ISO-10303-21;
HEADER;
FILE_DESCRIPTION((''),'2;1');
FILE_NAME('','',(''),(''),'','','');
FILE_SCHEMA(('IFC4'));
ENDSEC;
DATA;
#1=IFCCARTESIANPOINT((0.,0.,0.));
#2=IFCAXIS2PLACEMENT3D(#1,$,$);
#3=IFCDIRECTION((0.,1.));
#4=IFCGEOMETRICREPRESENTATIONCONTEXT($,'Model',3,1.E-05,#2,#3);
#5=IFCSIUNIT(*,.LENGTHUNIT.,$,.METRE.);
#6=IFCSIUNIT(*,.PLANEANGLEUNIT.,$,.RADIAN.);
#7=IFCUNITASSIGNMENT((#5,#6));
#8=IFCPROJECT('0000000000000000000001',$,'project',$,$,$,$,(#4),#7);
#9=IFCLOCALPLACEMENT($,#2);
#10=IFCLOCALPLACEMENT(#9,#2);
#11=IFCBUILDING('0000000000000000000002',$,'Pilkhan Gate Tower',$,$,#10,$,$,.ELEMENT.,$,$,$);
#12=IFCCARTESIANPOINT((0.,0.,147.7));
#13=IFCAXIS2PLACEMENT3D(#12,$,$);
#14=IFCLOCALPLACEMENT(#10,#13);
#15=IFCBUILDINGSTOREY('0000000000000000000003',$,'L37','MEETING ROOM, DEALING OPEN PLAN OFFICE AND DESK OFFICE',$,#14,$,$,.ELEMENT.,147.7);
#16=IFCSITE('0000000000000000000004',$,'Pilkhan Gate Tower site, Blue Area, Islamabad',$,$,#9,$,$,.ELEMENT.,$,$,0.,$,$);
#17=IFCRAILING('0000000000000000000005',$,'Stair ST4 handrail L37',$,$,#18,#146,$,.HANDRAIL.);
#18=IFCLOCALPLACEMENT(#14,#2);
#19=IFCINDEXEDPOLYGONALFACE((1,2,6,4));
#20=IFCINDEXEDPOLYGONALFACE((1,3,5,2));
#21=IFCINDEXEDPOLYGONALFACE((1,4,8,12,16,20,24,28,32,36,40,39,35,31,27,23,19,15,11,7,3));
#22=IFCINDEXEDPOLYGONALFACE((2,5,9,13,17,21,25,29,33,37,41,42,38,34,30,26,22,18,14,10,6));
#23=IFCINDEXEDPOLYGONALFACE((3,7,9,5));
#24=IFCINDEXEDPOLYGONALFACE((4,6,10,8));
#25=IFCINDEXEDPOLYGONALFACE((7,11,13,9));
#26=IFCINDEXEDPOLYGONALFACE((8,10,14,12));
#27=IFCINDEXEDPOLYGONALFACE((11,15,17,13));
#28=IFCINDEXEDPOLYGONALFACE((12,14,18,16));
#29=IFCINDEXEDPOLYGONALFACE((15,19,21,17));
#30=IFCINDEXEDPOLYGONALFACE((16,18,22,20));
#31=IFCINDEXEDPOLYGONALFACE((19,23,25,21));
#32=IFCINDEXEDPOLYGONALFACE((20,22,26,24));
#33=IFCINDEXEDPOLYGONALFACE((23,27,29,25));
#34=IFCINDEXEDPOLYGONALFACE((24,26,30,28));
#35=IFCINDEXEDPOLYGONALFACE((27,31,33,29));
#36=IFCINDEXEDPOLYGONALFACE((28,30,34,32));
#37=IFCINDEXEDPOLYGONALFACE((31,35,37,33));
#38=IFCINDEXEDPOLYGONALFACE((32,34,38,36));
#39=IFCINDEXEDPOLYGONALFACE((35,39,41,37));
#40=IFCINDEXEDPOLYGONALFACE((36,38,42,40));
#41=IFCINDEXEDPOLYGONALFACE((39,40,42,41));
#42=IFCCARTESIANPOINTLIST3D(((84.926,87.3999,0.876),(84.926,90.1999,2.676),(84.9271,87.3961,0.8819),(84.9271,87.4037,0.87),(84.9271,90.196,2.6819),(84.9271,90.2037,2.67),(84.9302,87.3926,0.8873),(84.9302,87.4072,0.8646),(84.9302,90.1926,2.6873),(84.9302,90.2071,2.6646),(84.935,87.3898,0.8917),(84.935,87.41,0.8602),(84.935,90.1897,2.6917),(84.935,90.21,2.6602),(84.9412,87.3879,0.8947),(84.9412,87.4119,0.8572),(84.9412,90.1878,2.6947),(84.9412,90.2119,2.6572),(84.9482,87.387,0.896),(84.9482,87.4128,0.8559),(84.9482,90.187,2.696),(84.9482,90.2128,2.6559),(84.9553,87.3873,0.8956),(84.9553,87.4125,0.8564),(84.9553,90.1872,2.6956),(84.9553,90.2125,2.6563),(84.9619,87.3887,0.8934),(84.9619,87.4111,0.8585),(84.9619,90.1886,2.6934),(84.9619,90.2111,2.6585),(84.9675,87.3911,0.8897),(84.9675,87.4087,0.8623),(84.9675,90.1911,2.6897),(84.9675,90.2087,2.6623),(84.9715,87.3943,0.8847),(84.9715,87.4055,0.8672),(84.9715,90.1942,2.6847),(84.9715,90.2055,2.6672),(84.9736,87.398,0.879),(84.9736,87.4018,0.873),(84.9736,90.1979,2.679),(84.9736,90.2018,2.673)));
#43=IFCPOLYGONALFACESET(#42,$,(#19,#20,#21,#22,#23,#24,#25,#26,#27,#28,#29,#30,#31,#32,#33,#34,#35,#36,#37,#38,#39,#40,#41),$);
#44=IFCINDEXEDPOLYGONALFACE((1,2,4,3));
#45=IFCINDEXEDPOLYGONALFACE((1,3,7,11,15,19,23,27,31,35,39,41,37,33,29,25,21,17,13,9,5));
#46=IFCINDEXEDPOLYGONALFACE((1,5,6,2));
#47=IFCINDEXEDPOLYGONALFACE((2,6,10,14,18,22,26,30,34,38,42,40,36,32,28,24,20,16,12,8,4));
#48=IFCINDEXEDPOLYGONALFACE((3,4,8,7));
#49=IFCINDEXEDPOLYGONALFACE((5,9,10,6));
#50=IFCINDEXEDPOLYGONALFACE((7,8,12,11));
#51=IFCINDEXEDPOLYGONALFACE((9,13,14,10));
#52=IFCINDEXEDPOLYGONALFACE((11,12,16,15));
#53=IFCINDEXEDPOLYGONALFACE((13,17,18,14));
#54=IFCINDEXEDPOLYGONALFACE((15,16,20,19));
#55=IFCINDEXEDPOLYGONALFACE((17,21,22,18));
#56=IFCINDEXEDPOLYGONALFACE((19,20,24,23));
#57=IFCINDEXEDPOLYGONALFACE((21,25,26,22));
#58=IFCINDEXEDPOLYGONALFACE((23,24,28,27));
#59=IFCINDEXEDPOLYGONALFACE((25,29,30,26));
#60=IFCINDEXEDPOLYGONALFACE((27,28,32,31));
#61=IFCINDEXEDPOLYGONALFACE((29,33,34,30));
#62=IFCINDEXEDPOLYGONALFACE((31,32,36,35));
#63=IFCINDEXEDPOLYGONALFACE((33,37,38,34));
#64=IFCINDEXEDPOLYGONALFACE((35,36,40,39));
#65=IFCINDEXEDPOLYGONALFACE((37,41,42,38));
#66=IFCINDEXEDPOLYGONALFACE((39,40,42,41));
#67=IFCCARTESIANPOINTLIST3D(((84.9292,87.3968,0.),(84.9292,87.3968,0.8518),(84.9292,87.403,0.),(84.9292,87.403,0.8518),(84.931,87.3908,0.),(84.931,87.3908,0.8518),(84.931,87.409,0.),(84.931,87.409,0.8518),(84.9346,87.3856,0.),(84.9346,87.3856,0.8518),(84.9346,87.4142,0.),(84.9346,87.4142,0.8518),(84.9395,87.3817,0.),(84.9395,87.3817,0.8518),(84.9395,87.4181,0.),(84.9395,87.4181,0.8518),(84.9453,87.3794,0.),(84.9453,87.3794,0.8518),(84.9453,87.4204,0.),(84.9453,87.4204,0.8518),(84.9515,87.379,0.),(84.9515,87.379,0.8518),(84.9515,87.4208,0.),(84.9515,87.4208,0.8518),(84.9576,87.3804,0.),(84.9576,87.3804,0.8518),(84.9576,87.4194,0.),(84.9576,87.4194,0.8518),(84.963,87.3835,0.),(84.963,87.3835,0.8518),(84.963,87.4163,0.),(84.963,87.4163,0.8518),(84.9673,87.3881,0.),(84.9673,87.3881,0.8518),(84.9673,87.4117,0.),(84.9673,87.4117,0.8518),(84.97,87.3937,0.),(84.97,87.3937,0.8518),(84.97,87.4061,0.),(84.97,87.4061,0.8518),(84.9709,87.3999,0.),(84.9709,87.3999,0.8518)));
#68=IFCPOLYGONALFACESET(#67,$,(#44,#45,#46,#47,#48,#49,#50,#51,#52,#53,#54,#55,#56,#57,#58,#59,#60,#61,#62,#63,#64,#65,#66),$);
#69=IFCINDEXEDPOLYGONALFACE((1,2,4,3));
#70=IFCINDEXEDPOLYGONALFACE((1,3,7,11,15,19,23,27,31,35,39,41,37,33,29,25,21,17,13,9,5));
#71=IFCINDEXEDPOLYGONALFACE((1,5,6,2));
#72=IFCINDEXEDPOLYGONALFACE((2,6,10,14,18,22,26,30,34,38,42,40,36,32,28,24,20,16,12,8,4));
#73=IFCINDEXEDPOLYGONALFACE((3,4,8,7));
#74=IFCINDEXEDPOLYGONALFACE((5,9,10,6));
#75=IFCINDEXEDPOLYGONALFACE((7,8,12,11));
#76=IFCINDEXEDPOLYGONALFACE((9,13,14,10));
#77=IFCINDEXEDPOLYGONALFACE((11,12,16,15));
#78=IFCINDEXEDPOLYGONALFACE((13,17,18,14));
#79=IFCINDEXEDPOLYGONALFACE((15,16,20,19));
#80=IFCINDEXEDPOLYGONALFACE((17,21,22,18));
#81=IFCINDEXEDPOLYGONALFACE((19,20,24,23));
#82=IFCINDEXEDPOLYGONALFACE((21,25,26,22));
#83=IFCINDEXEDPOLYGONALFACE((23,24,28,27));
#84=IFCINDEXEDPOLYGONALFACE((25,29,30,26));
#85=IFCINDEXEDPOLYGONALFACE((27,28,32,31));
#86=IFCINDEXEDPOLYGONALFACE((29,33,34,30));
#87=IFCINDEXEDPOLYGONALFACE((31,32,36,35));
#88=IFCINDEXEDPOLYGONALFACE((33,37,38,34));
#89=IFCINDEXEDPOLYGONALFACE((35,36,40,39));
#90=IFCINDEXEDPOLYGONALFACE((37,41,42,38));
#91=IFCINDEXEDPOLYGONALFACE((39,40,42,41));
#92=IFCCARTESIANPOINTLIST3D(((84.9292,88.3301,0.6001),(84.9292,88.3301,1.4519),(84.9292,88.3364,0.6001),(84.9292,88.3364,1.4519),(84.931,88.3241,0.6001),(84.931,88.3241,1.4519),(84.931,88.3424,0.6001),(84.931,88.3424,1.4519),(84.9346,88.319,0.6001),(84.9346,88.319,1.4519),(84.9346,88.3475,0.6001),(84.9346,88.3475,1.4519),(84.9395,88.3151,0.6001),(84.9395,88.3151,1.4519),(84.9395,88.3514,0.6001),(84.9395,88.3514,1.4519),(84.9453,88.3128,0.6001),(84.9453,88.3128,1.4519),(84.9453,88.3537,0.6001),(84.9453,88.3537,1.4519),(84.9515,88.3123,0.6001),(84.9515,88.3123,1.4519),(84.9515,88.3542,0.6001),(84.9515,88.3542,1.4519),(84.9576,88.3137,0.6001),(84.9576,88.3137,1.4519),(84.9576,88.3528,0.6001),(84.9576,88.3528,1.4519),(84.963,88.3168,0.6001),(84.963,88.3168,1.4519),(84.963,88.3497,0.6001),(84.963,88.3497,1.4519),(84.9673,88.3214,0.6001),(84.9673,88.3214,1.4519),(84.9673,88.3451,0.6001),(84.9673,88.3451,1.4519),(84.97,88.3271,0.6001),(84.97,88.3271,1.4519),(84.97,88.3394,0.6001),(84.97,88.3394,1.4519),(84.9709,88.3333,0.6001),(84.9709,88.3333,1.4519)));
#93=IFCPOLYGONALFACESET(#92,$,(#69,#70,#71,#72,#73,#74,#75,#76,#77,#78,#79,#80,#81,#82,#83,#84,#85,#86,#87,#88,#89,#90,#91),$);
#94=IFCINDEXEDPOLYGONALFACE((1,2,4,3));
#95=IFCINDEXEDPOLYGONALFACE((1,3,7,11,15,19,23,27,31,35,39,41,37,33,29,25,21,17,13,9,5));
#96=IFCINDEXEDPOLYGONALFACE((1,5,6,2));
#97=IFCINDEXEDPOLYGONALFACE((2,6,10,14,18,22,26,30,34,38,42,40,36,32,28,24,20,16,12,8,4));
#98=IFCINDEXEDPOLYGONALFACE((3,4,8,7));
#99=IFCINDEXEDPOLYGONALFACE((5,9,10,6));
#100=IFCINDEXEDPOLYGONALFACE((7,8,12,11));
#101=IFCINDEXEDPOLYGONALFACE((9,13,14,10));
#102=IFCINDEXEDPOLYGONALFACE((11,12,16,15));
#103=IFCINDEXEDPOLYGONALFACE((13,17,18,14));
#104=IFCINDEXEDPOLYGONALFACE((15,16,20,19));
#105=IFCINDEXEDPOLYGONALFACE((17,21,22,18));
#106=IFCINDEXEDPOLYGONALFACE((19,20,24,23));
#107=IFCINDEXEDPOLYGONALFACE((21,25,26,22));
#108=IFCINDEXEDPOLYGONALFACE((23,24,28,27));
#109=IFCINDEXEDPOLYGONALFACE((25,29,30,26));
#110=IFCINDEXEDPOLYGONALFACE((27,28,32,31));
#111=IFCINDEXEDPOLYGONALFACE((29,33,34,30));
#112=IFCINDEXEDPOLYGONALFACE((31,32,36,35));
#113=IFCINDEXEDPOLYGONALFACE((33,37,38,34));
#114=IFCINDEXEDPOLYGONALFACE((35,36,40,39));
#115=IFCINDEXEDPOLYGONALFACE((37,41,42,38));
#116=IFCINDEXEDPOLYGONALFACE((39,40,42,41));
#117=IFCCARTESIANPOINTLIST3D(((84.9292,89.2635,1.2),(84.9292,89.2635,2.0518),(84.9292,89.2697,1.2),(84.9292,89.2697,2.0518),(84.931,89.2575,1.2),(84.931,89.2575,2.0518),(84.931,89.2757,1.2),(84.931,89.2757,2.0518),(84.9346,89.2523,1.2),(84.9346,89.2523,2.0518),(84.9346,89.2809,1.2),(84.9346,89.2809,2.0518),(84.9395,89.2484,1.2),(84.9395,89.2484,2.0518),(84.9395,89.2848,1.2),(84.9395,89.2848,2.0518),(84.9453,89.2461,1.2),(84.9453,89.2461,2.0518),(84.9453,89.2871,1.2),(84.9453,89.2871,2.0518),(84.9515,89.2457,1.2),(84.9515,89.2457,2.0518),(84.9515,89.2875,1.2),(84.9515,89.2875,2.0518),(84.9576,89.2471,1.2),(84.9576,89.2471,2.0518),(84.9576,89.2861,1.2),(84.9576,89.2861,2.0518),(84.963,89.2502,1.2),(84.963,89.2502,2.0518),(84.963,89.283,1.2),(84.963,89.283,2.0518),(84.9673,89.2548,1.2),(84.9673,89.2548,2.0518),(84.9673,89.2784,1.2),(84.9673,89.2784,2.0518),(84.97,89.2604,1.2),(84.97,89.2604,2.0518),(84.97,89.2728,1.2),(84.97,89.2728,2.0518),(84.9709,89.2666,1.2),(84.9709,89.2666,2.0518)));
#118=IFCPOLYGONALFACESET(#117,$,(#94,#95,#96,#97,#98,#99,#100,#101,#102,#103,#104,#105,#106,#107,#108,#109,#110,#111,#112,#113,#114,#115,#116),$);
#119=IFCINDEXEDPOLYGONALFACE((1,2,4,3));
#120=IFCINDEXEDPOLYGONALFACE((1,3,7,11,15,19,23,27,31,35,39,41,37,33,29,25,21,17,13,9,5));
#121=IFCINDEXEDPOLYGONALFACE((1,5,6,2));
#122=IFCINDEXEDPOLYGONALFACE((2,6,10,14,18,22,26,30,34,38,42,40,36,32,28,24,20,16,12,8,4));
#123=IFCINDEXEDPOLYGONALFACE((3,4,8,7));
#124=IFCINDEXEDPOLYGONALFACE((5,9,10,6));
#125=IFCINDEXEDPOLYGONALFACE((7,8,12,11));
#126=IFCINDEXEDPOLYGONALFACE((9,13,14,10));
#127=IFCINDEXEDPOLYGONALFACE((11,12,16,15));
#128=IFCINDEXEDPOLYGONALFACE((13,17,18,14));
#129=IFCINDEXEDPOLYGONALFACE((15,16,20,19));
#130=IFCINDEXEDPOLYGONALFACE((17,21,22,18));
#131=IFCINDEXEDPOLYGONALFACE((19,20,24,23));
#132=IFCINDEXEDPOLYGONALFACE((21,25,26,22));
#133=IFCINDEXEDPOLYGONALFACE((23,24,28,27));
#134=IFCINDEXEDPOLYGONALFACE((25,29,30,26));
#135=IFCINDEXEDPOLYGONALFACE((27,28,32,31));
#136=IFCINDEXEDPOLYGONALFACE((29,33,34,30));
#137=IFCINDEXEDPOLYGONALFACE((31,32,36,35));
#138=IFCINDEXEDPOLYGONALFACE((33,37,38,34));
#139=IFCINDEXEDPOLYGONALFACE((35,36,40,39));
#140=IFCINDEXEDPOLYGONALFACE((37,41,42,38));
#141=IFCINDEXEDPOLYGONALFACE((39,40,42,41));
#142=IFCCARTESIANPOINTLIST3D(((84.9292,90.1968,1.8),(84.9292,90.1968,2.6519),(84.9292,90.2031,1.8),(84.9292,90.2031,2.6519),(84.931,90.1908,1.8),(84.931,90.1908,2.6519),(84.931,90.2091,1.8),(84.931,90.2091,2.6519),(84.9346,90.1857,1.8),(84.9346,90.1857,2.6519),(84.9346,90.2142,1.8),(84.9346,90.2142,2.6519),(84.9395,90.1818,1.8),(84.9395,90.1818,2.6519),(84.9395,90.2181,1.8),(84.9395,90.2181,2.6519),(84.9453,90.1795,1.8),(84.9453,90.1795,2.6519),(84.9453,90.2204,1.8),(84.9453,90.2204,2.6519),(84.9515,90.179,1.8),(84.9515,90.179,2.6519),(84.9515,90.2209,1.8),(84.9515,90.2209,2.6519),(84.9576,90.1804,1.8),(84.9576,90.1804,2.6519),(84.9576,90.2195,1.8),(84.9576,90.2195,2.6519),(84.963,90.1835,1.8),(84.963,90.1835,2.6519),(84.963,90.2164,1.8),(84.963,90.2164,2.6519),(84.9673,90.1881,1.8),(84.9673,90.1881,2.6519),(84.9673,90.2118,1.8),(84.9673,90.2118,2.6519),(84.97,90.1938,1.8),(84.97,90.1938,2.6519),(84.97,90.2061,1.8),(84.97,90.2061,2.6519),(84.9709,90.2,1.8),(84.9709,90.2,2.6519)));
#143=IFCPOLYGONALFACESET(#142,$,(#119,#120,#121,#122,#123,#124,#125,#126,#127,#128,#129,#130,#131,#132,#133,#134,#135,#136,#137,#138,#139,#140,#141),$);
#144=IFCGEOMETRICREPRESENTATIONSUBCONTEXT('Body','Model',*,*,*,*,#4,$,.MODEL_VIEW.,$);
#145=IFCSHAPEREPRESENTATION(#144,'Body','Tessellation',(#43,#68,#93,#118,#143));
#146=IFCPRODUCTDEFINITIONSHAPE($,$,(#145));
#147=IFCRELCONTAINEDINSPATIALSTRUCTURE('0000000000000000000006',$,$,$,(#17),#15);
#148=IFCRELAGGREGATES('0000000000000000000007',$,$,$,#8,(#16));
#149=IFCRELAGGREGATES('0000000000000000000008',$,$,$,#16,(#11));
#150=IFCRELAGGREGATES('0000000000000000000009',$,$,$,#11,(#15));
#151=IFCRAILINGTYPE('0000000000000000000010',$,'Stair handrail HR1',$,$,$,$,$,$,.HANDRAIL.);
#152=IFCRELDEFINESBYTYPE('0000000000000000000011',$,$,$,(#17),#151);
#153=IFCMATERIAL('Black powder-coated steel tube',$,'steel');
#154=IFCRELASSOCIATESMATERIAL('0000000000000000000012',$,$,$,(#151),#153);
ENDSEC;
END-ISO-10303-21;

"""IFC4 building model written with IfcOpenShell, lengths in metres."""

from ifc_helpers import new_model, si_unit, direction, frame, origin, origin_2d, place, context, subcontext, project, spatial, circle, extrude, material, type_object, element, save


model = new_model("IFC4")

# Units and contexts
model_context = context("Model", 3, precision=1e-05, world=origin(), true_north=direction((0.0, 1.0)))
body_context = subcontext(model_context, "Body", "Model", "MODEL_VIEW")
ifc_project = project(units=[si_unit("LENGTHUNIT", "METRE"), si_unit("PLANEANGLEUNIT", "RADIAN")], contexts=[model_context])

# Site, building, storey
site_placement = place(None, origin())
site = spatial("IfcSite", under=ifc_project, at=site_placement, Name="Pilkhan Gate Tower site, Blue Area, Islamabad", CompositionType="ELEMENT", RefElevation=0.0)
building_placement = place(site_placement, origin())
building = spatial("IfcBuilding", under=site, at=building_placement, Name="Pilkhan Gate Tower", CompositionType="ELEMENT")
storey_placement = place(building_placement, frame((0.0, 0.0, 147.7)))
storey = spatial("IfcBuildingStorey", under=building, at=storey_placement, Name="L37", Description="MEETING ROOM, DEALING OPEN PLAN OFFICE AND DESK OFFICE", CompositionType="ELEMENT", Elevation=147.7)

# Railing
ifc_material_1 = material(Name="Black powder-coated steel tube", Category="steel")
railing_type_1 = type_object("IfcRailingType", Name="Stair handrail HR1", PredefinedType="HANDRAIL", material=ifc_material_1)
railing_1_placement = place(storey_placement, frame((84.95, 87.3999, 0.0)))
element("IfcRailing", 1, at=railing_1_placement, inside=storey, type_object=railing_type_1, Name="Stair ST4 handrail L37", PredefinedType="HANDRAIL", context=body_context, shape_type="SweptSolid", body=[
    extrude(circle(Radius=0.0239, at=origin_2d()), frame((0.0, 0.0, 0.876), z_axis=(0.0, 0.841176, 0.540761), x_axis=(-1.0, 0.0, 0.0)), (0.0, 0.0, 1.0), 3.3286),
    extrude(circle(Radius=0.021, at=origin_2d()), origin(), (0.0, 0.0, 1.0), 0.8518),
    extrude(circle(Radius=0.021, at=origin_2d()), frame((0.0, 0.9333, 0.6001)), (0.0, 0.0, 1.0), 0.8518),
    extrude(circle(Radius=0.021, at=origin_2d()), frame((0.0, 1.8667, 1.2)), (0.0, 0.0, 1.0), 0.8518),
    extrude(circle(Radius=0.021, at=origin_2d()), frame((0.0, 2.8, 1.8)), (0.0, 0.0, 1.0), 0.8518),
])

save(model, "model.ifc")
